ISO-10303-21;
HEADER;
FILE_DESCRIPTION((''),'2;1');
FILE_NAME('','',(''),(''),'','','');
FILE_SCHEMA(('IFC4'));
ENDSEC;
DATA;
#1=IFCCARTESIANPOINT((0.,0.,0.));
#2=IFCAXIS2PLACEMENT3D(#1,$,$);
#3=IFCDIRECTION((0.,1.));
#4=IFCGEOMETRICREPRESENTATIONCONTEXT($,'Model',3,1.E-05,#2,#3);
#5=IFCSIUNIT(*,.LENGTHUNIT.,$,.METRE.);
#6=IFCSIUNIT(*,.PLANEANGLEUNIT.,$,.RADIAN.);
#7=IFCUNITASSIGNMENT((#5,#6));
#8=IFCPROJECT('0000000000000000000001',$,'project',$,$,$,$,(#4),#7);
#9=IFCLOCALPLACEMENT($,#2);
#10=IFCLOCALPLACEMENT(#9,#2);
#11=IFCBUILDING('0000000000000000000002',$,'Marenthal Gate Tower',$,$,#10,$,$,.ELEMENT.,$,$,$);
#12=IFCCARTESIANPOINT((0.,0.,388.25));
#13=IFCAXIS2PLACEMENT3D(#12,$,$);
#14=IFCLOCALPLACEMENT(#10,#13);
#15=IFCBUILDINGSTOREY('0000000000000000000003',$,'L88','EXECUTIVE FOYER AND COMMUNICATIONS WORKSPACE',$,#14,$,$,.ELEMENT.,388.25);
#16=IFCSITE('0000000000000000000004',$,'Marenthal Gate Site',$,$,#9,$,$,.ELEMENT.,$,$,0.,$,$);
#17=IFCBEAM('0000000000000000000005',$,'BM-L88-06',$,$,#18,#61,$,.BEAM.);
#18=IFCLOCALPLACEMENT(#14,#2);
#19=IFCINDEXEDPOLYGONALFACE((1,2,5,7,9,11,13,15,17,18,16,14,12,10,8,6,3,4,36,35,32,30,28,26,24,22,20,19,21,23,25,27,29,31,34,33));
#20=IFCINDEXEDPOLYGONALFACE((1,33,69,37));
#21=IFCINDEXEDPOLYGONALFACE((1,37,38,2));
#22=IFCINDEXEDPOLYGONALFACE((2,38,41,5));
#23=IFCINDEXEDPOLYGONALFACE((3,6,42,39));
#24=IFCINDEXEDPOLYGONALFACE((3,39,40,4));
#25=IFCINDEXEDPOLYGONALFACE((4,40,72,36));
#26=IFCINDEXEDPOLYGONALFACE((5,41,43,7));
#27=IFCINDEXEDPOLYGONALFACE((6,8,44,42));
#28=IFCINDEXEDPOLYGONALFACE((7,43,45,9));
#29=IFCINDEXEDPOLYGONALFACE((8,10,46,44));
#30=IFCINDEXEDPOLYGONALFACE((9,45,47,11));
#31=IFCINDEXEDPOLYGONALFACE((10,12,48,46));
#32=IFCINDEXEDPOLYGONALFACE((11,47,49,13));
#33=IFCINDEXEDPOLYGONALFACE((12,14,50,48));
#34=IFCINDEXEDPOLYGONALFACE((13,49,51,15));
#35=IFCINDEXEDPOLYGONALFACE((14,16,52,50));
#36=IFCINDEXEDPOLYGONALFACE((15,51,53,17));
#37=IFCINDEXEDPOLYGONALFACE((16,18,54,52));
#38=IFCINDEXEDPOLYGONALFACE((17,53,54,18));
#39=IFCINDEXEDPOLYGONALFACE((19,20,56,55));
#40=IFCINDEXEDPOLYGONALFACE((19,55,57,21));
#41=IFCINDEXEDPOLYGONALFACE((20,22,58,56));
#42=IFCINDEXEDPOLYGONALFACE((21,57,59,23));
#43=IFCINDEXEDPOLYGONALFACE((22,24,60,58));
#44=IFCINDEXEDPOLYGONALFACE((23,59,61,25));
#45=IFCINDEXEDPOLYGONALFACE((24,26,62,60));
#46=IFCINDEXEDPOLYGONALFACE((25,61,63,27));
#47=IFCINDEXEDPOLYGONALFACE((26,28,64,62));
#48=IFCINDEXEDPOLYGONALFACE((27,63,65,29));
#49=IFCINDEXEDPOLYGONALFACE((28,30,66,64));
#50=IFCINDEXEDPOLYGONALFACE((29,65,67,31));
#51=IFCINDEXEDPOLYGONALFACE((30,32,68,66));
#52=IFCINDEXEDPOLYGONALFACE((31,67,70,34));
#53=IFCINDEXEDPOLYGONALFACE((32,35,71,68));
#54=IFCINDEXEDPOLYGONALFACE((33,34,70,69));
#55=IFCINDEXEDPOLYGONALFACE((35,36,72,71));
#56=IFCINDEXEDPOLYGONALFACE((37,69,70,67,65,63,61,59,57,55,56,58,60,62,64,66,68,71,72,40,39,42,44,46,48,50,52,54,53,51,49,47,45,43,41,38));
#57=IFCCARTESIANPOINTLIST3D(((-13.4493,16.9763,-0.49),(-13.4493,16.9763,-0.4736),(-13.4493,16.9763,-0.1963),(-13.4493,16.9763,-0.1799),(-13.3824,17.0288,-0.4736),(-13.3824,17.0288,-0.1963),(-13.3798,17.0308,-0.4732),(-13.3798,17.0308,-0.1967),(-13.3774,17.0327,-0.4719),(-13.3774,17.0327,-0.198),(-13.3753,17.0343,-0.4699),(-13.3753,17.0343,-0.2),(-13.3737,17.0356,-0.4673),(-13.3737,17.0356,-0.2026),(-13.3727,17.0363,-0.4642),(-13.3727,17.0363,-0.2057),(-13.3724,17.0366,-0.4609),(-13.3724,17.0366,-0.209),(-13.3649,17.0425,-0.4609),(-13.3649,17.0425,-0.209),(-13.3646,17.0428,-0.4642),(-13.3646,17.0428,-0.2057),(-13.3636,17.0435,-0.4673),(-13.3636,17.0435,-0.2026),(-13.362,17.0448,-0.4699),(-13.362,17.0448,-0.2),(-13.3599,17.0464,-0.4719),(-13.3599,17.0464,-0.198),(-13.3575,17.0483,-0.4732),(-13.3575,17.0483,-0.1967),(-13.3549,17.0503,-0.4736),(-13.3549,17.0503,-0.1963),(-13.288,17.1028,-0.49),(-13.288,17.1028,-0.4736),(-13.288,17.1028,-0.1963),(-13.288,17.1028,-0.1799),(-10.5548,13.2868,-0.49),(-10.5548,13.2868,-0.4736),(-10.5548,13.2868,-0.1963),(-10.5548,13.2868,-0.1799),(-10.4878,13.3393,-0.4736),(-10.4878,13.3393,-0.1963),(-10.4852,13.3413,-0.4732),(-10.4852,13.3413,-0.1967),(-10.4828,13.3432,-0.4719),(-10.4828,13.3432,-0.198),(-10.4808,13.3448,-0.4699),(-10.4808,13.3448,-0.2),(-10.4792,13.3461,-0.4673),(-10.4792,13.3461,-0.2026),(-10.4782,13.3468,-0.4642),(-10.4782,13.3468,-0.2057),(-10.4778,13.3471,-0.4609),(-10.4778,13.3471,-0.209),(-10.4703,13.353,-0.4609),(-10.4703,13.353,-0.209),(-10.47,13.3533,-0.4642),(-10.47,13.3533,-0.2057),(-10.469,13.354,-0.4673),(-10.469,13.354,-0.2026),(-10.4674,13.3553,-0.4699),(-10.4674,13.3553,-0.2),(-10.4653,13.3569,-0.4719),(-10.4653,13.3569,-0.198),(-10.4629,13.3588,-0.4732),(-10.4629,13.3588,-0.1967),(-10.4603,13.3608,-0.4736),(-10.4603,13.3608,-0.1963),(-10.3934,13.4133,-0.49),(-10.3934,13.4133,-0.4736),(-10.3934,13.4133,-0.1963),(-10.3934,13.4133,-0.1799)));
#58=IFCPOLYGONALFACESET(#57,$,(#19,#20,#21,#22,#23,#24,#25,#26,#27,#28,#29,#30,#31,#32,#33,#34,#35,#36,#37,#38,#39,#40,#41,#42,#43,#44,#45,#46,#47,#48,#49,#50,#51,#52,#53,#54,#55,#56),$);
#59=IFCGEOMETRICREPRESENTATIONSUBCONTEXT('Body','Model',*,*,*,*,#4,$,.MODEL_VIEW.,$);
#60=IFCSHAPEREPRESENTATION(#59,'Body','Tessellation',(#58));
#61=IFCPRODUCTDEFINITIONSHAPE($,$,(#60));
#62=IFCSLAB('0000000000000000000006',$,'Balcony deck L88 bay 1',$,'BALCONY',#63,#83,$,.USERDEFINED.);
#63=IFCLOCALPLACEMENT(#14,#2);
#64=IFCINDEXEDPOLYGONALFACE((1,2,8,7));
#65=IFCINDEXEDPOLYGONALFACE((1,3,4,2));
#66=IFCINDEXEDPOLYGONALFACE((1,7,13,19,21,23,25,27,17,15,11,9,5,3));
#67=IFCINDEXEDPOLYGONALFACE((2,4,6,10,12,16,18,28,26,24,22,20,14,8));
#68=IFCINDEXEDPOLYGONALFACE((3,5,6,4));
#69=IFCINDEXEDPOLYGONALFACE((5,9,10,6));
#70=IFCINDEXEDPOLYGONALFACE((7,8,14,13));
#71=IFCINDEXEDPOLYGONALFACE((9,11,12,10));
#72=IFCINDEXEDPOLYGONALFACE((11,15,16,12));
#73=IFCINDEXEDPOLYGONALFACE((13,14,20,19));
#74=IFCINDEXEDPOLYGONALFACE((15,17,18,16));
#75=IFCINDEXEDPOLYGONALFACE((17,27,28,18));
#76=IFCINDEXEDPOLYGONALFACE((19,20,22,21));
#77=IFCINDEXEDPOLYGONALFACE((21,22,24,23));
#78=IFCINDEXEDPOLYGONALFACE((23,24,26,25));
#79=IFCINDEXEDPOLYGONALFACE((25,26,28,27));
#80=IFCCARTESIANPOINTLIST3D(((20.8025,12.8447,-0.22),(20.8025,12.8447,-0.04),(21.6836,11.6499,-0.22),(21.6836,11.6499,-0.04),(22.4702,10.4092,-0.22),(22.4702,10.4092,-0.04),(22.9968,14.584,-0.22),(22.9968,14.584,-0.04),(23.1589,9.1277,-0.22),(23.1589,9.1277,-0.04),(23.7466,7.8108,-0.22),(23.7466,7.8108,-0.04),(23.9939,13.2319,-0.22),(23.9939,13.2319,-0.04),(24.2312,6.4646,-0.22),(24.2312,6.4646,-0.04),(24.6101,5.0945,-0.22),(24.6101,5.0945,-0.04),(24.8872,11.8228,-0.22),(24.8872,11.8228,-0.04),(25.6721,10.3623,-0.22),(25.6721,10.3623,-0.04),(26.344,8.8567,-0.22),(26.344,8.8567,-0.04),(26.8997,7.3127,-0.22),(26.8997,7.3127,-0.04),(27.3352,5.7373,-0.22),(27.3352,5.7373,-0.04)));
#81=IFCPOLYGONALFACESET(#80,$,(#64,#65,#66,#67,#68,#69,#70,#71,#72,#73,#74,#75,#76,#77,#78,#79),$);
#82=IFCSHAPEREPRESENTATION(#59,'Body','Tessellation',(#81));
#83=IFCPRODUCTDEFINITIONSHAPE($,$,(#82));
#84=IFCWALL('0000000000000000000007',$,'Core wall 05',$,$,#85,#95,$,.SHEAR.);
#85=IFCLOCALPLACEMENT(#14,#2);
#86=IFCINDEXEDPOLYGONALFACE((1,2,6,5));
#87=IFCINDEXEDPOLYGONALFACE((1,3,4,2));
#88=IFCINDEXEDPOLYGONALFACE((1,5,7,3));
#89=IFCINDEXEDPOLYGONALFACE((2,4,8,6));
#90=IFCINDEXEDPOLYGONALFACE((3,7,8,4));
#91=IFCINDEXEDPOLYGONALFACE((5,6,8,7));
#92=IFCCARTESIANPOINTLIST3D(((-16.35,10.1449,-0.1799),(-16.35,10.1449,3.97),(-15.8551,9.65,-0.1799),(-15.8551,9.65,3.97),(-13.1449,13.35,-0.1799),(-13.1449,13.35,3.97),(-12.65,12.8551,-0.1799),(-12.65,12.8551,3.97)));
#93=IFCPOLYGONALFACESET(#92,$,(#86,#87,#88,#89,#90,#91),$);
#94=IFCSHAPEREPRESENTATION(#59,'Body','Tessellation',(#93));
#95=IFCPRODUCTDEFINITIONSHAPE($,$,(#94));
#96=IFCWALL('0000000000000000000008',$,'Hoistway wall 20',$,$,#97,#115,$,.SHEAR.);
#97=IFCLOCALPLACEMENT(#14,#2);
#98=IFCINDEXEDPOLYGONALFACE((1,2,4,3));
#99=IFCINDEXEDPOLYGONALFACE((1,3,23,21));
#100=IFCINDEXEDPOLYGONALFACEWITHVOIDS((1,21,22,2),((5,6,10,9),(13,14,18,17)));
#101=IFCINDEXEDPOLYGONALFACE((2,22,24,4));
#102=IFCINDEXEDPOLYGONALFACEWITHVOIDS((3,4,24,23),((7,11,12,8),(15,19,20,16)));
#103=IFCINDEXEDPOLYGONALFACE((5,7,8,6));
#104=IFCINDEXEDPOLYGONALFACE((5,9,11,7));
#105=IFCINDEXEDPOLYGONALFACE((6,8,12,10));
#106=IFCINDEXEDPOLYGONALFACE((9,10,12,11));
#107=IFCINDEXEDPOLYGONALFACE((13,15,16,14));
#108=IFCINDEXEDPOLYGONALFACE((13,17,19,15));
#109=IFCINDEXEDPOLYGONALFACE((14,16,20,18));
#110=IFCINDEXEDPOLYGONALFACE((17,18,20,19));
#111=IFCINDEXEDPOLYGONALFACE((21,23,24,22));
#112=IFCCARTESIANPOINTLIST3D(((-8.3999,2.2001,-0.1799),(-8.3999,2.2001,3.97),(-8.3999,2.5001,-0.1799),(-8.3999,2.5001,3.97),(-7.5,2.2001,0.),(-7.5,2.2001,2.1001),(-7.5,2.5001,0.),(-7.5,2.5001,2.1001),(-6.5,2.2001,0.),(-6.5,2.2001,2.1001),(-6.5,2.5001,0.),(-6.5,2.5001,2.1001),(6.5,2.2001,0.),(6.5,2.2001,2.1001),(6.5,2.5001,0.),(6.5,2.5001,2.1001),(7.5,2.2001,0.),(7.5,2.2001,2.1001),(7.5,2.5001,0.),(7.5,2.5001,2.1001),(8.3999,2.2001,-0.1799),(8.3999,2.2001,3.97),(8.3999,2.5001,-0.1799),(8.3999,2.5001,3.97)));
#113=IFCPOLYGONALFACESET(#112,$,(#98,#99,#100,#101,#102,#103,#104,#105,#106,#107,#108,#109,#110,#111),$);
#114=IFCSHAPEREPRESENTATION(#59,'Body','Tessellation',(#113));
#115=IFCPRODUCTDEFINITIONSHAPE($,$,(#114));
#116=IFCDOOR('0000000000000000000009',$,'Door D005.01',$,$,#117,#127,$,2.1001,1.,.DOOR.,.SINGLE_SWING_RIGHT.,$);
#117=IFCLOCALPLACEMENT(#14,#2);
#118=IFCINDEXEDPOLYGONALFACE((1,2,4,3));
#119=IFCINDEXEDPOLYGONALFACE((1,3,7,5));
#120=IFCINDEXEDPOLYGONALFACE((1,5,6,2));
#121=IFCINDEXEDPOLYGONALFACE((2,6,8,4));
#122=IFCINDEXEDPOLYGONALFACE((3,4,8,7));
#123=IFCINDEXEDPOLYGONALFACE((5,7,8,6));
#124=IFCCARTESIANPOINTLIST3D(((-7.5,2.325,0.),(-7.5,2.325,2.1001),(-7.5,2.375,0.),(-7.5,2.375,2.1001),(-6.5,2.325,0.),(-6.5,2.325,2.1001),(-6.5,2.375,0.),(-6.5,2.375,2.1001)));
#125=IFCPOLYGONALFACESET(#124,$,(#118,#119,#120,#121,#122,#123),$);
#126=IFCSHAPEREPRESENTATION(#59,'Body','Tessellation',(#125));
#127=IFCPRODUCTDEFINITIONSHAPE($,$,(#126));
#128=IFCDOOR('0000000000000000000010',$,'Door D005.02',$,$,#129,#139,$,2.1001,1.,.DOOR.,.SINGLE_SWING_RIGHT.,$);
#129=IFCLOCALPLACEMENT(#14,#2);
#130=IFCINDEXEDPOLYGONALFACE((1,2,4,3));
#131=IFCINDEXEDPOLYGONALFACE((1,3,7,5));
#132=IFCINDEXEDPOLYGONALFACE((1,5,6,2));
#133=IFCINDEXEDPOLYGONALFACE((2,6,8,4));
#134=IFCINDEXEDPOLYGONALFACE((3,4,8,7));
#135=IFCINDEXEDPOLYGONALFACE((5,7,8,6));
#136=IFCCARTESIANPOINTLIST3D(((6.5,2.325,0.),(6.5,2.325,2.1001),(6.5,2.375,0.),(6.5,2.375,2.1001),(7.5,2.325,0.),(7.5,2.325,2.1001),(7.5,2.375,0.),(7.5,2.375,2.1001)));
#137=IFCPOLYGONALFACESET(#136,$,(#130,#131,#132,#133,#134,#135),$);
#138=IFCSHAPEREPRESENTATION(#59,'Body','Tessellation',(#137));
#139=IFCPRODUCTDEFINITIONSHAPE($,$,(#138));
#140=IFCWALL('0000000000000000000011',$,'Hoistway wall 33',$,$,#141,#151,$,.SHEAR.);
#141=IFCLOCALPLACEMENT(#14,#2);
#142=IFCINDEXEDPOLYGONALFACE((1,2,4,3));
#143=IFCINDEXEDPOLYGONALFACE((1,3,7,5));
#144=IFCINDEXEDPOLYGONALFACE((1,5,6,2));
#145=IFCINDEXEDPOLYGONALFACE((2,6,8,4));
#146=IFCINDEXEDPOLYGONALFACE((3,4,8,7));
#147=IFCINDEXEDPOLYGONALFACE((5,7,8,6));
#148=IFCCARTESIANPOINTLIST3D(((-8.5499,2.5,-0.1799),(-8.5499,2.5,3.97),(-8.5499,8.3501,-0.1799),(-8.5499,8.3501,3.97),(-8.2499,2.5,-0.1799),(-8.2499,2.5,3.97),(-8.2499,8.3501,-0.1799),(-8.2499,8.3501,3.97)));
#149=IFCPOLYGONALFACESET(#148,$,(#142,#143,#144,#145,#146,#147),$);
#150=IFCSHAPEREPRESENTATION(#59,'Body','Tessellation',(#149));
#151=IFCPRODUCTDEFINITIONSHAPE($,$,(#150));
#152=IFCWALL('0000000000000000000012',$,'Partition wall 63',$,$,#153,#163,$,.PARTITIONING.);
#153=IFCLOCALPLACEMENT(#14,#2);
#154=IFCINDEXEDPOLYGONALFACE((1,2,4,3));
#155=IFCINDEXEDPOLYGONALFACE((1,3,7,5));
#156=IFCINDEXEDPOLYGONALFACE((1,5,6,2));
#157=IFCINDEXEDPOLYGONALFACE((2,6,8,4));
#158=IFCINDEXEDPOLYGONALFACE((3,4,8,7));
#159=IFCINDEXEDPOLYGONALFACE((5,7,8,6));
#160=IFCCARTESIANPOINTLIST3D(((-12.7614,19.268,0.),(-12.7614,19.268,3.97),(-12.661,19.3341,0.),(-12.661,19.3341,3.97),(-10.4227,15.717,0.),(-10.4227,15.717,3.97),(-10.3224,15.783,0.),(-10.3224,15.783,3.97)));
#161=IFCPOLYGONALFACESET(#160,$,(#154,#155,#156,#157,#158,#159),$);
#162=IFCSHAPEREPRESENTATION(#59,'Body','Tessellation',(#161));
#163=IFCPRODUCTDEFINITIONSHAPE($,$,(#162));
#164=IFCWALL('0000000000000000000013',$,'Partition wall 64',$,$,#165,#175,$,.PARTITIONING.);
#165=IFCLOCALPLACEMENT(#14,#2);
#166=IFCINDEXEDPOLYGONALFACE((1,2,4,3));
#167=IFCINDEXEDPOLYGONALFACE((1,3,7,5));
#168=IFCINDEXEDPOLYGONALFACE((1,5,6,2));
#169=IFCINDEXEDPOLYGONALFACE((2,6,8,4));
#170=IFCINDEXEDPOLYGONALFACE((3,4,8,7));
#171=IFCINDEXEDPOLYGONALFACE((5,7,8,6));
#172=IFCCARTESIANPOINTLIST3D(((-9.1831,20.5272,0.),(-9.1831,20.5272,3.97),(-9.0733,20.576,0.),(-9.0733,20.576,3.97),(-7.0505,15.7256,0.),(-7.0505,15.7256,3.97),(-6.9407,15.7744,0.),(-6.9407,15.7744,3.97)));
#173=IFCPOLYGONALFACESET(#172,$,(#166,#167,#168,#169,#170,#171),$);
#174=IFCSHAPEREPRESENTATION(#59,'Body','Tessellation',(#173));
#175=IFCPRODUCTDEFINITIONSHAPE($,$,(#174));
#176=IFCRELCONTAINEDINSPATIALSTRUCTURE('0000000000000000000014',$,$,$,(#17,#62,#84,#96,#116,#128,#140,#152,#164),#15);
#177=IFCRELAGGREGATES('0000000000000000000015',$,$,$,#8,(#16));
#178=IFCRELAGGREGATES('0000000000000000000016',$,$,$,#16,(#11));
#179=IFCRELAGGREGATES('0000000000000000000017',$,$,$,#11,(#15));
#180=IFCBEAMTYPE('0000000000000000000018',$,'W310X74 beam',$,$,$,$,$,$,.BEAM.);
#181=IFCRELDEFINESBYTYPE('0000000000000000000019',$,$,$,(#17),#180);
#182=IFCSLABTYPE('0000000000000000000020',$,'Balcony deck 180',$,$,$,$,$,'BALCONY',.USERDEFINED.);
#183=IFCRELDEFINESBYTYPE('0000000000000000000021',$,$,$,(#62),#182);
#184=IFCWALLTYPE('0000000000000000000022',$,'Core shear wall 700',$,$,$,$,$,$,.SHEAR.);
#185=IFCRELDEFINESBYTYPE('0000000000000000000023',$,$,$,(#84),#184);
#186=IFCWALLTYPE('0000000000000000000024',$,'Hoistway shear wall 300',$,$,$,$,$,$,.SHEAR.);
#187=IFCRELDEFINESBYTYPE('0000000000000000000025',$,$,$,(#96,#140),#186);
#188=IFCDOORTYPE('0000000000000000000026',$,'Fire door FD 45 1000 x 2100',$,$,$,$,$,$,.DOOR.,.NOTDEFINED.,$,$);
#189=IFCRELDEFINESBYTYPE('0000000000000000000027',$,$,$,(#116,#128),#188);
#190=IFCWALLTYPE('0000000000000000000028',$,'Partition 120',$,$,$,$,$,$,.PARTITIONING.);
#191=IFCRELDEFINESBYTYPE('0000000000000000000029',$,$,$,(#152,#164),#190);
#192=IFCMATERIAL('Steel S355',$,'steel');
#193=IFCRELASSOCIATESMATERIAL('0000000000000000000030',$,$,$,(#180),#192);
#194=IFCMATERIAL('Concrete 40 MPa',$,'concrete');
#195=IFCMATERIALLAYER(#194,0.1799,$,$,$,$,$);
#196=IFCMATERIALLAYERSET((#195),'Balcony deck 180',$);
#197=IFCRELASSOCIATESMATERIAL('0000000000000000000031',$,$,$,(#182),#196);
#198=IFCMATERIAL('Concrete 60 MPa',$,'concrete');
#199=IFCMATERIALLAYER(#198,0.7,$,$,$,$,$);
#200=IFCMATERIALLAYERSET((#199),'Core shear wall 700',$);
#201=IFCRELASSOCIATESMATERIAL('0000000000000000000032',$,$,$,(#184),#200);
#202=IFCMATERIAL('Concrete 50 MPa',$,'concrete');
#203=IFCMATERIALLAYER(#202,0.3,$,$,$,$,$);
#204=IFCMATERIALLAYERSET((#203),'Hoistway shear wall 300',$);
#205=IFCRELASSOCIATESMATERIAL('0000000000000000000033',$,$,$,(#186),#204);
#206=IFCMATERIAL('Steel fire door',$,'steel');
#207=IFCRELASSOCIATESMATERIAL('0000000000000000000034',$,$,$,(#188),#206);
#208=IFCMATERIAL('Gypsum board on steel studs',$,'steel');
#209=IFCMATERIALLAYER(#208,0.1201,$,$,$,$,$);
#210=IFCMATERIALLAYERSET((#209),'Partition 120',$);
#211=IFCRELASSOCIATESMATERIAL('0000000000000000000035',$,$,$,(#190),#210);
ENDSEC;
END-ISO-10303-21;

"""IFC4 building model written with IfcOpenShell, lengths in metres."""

from ifc_helpers import new_model, si_unit, direction, frame, frame_2d, origin, origin_2d, place, context, subcontext, project, spatial, polyline, rectangle, i_section, outline, extrude, material, layer, layer_set, material_profile, profile_set, type_object, element, fill, save


model = new_model("IFC4")

# Units and contexts
model_context = context("Model", 3, precision=1e-05, world=origin(), true_north=direction((0.0, 1.0)))
body_context = subcontext(model_context, "Body", "Model", "MODEL_VIEW")
ifc_project = project(units=[si_unit("LENGTHUNIT", "METRE"), si_unit("PLANEANGLEUNIT", "RADIAN")], contexts=[model_context])

# Site, building, storey
site_placement = place(None, origin())
site = spatial("IfcSite", under=ifc_project, at=site_placement, Name="Marenthal Gate Site", CompositionType="ELEMENT", RefElevation=0.0)
building_placement = place(site_placement, origin())
building = spatial("IfcBuilding", under=site, at=building_placement, Name="Marenthal Gate Tower", CompositionType="ELEMENT")
storey_placement = place(building_placement, frame((0.0, 0.0, 388.25)))
storey = spatial("IfcBuildingStorey", under=building, at=storey_placement, Name="L88", Description="EXECUTIVE FOYER AND COMMUNICATIONS WORKSPACE", CompositionType="ELEMENT", Elevation=388.25)

# Beam
ifc_material_1 = material(Name="Steel S355", Category="steel")
ifc_material_profile = material_profile(ifc_material_1, i_section(OverallWidth=0.2051, OverallDepth=0.3101, WebThickness=0.0095, FlangeThickness=0.0164, FilletRadius=0.0127, at=origin_2d()), Name="W310X74")
ifc_profile_set = profile_set([ifc_material_profile], Name="Steel S355")
beam_type = type_object("IfcBeamType", Name="W310X74 beam", PredefinedType="BEAM", material=ifc_profile_set)
beam_placement = place(storey_placement, frame((-13.3687, 17.0396, -0.335), z_axis=(0.617251, -0.786766, 0.0), x_axis=(0.786766, 0.617251, 0.0)))
element("IfcBeam", 1, at=beam_placement, inside=storey, type_object=beam_type, Name="BM-L88-06", PredefinedType="BEAM", context=body_context, shape_type="SweptSolid", body=[
    extrude(i_section(OverallWidth=0.2051, OverallDepth=0.3101, WebThickness=0.0095, FlangeThickness=0.0164, FilletRadius=0.0127, at=origin_2d()), origin(), (0.0, 0.0, 1.0), 4.6895),
])

# Slab
ifc_material_2 = material(Name="Concrete 40 MPa", Category="concrete")
ifc_layer_1 = layer(ifc_material_2, 0.1799)
ifc_layer_set_1 = layer_set([ifc_layer_1], Name="Balcony deck 180")
slab_type = type_object("IfcSlabType", Name="Balcony deck 180", ElementType="BALCONY", PredefinedType="USERDEFINED", material=ifc_layer_set_1)
slab_placement = place(storey_placement, frame((0.0, 0.0, -0.22)))
element("IfcSlab", 2, at=slab_placement, inside=storey, type_object=slab_type, Name="Balcony deck L88 bay 1", ObjectType="BALCONY", PredefinedType="USERDEFINED", context=body_context, shape_type="SweptSolid", body=[
    extrude(outline(polyline([(24.6101, 5.0945), (24.2312, 6.4646), (23.7466, 7.8108), (23.1589, 9.1277), (22.4702, 10.4092), (21.6836, 11.6499), (20.8025, 12.8447), (22.9968, 14.584), (23.9939, 13.2319), (24.8872, 11.8228), (25.6721, 10.3623), (26.344, 8.8567), (26.8997, 7.3127), (27.3352, 5.7373), (24.6101, 5.0945)])), origin(), (0.0, 0.0, 1.0), 0.1799),
])

# Wall
ifc_material_3 = material(Name="Concrete 60 MPa", Category="concrete")
ifc_layer_2 = layer(ifc_material_3, 0.7)
ifc_layer_set_2 = layer_set([ifc_layer_2], Name="Core shear wall 700")
wall_type_1 = type_object("IfcWallType", Name="Core shear wall 700", PredefinedType="SHEAR", material=ifc_layer_set_2)
wall_1_placement = place(storey_placement, frame((-12.8975, 13.1025, -0.1799), z_axis=(0.0, 0.0, 1.0), x_axis=(-0.707107, -0.707107, 0.0)))
element("IfcWall", 3, at=wall_1_placement, inside=storey, type_object=wall_type_1, Name="Core wall 05", PredefinedType="SHEAR", context=body_context, shape_type="SweptSolid", body=[
    extrude(rectangle(XDim=4.5327, YDim=0.7, at=frame_2d((2.2664, 0.0))), origin(), (0.0, 0.0, 1.0), 4.1499),
])

# Wall, openings, doors
ifc_material_4 = material(Name="Concrete 50 MPa", Category="concrete")
ifc_layer_3 = layer(ifc_material_4, 0.3)
ifc_layer_set_3 = layer_set([ifc_layer_3], Name="Hoistway shear wall 300")
wall_type_2 = type_object("IfcWallType", Name="Hoistway shear wall 300", PredefinedType="SHEAR", material=ifc_layer_set_3)
wall_2_placement = place(storey_placement, frame((-8.3999, 2.3501, -0.1799), z_axis=(0.0, 0.0, 1.0), x_axis=(1.0, 0.0, 0.0)))
wall_2 = element("IfcWall", 4, at=wall_2_placement, inside=storey, type_object=wall_type_2, Name="Hoistway wall 20", PredefinedType="SHEAR", context=body_context, shape_type="SweptSolid", body=[
    extrude(rectangle(XDim=16.7998, YDim=0.3, at=frame_2d((8.3999, 0.0))), origin(), (0.0, 0.0, 1.0), 4.1499),
])
opening_1_placement = place(wall_2_placement, frame((0.8999, 0.0, 0.1799)))
opening_1 = element("IfcOpeningElement", 5, at=opening_1_placement, cuts=wall_2, PredefinedType="OPENING", context=body_context, shape_type="SweptSolid", body=[
    extrude(rectangle(XDim=1.0, YDim=2.1001, at=frame_2d((0.5, 1.05))), frame((0.0, 0.1602, 0.0), z_axis=(0.0, -1.0, 0.0), x_axis=(1.0, 0.0, 0.0)), (0.0, 0.0, 1.0), 0.3201),
])
opening_2_placement = place(wall_2_placement, frame((14.8999, 0.0, 0.1799)))
opening_2 = element("IfcOpeningElement", 6, at=opening_2_placement, cuts=wall_2, PredefinedType="OPENING", context=body_context, shape_type="SweptSolid", body=[
    extrude(rectangle(XDim=1.0, YDim=2.1001, at=frame_2d((0.5, 1.05))), frame((0.0, 0.1602, 0.0), z_axis=(0.0, -1.0, 0.0), x_axis=(1.0, 0.0, 0.0)), (0.0, 0.0, 1.0), 0.3201),
])
ifc_material_5 = material(Name="Steel fire door", Category="steel")
door_type_1 = type_object("IfcDoorType", Name="Fire door FD 45 1000 x 2100", OperationType="NOTDEFINED", PredefinedType="DOOR", material=ifc_material_5)
door_1_placement = place(opening_1_placement, origin())
door_1 = element("IfcDoor", 7, at=door_1_placement, inside=storey, type_object=door_type_1, Name="Door D005.01", OperationType="SINGLE_SWING_RIGHT", OverallHeight=2.1001, OverallWidth=1.0, PredefinedType="DOOR", context=body_context, shape_type="SweptSolid", body=[
    extrude(rectangle(XDim=1.0, YDim=2.1001, at=frame_2d((0.5, 1.05))), frame((0.0, 0.0249, 0.0), z_axis=(0.0, -1.0, 0.0), x_axis=(1.0, 0.0, 0.0)), (0.0, 0.0, 1.0), 0.05),
])
fill(opening_1, door_1)
door_2_placement = place(opening_2_placement, origin())
door_2 = element("IfcDoor", 8, at=door_2_placement, inside=storey, type_object=door_type_1, Name="Door D005.02", OperationType="SINGLE_SWING_RIGHT", OverallHeight=2.1001, OverallWidth=1.0, PredefinedType="DOOR", context=body_context, shape_type="SweptSolid", body=[
    extrude(rectangle(XDim=1.0, YDim=2.1001, at=frame_2d((0.5, 1.05))), frame((0.0, 0.0249, 0.0), z_axis=(0.0, -1.0, 0.0), x_axis=(1.0, 0.0, 0.0)), (0.0, 0.0, 1.0), 0.05),
])
fill(opening_2, door_2)

# Walls
wall_3_placement = place(storey_placement, frame((-8.3999, 2.5, -0.1799), z_axis=(0.0, 0.0, 1.0), x_axis=(0.0, 1.0, 0.0)))
element("IfcWall", 9, at=wall_3_placement, inside=storey, type_object=wall_type_2, Name="Hoistway wall 33", PredefinedType="SHEAR", context=body_context, shape_type="SweptSolid", body=[
    extrude(rectangle(XDim=5.8501, YDim=0.3, at=frame_2d((2.925, 0.0))), origin(), (0.0, 0.0, 1.0), 4.1499),
])
ifc_material_6 = material(Name="Gypsum board on steel studs", Category="steel")
ifc_layer_4 = layer(ifc_material_6, 0.1201)
ifc_layer_set_4 = layer_set([ifc_layer_4], Name="Partition 120")
wall_type_3 = type_object("IfcWallType", Name="Partition 120", PredefinedType="PARTITIONING", material=ifc_layer_set_4)
wall_4_placement = place(storey_placement, frame((-10.3726, 15.75, 0.0), z_axis=(0.0, 0.0, 1.0), x_axis=(-0.550014, 0.835155, 0.0)))
element("IfcWall", 10, at=wall_4_placement, inside=storey, type_object=wall_type_3, Name="Partition wall 63", PredefinedType="PARTITIONING", context=body_context, shape_type="SweptSolid", body=[
    extrude(rectangle(XDim=4.252, YDim=0.1201, at=frame_2d((2.126, 0.0))), origin(), (0.0, 0.0, 1.0), 3.97),
])
wall_5_placement = place(storey_placement, frame((-6.9956, 15.75, 0.0), z_axis=(0.0, 0.0, 1.0), x_axis=(-0.40591, 0.913913, 0.0)))
element("IfcWall", 11, at=wall_5_placement, inside=storey, type_object=wall_type_3, Name="Partition wall 64", PredefinedType="PARTITIONING", context=body_context, shape_type="SweptSolid", body=[
    extrude(rectangle(XDim=5.2539, YDim=0.1201, at=frame_2d((2.627, 0.0))), origin(), (0.0, 0.0, 1.0), 3.97),
])

save(model, "model.ifc")
